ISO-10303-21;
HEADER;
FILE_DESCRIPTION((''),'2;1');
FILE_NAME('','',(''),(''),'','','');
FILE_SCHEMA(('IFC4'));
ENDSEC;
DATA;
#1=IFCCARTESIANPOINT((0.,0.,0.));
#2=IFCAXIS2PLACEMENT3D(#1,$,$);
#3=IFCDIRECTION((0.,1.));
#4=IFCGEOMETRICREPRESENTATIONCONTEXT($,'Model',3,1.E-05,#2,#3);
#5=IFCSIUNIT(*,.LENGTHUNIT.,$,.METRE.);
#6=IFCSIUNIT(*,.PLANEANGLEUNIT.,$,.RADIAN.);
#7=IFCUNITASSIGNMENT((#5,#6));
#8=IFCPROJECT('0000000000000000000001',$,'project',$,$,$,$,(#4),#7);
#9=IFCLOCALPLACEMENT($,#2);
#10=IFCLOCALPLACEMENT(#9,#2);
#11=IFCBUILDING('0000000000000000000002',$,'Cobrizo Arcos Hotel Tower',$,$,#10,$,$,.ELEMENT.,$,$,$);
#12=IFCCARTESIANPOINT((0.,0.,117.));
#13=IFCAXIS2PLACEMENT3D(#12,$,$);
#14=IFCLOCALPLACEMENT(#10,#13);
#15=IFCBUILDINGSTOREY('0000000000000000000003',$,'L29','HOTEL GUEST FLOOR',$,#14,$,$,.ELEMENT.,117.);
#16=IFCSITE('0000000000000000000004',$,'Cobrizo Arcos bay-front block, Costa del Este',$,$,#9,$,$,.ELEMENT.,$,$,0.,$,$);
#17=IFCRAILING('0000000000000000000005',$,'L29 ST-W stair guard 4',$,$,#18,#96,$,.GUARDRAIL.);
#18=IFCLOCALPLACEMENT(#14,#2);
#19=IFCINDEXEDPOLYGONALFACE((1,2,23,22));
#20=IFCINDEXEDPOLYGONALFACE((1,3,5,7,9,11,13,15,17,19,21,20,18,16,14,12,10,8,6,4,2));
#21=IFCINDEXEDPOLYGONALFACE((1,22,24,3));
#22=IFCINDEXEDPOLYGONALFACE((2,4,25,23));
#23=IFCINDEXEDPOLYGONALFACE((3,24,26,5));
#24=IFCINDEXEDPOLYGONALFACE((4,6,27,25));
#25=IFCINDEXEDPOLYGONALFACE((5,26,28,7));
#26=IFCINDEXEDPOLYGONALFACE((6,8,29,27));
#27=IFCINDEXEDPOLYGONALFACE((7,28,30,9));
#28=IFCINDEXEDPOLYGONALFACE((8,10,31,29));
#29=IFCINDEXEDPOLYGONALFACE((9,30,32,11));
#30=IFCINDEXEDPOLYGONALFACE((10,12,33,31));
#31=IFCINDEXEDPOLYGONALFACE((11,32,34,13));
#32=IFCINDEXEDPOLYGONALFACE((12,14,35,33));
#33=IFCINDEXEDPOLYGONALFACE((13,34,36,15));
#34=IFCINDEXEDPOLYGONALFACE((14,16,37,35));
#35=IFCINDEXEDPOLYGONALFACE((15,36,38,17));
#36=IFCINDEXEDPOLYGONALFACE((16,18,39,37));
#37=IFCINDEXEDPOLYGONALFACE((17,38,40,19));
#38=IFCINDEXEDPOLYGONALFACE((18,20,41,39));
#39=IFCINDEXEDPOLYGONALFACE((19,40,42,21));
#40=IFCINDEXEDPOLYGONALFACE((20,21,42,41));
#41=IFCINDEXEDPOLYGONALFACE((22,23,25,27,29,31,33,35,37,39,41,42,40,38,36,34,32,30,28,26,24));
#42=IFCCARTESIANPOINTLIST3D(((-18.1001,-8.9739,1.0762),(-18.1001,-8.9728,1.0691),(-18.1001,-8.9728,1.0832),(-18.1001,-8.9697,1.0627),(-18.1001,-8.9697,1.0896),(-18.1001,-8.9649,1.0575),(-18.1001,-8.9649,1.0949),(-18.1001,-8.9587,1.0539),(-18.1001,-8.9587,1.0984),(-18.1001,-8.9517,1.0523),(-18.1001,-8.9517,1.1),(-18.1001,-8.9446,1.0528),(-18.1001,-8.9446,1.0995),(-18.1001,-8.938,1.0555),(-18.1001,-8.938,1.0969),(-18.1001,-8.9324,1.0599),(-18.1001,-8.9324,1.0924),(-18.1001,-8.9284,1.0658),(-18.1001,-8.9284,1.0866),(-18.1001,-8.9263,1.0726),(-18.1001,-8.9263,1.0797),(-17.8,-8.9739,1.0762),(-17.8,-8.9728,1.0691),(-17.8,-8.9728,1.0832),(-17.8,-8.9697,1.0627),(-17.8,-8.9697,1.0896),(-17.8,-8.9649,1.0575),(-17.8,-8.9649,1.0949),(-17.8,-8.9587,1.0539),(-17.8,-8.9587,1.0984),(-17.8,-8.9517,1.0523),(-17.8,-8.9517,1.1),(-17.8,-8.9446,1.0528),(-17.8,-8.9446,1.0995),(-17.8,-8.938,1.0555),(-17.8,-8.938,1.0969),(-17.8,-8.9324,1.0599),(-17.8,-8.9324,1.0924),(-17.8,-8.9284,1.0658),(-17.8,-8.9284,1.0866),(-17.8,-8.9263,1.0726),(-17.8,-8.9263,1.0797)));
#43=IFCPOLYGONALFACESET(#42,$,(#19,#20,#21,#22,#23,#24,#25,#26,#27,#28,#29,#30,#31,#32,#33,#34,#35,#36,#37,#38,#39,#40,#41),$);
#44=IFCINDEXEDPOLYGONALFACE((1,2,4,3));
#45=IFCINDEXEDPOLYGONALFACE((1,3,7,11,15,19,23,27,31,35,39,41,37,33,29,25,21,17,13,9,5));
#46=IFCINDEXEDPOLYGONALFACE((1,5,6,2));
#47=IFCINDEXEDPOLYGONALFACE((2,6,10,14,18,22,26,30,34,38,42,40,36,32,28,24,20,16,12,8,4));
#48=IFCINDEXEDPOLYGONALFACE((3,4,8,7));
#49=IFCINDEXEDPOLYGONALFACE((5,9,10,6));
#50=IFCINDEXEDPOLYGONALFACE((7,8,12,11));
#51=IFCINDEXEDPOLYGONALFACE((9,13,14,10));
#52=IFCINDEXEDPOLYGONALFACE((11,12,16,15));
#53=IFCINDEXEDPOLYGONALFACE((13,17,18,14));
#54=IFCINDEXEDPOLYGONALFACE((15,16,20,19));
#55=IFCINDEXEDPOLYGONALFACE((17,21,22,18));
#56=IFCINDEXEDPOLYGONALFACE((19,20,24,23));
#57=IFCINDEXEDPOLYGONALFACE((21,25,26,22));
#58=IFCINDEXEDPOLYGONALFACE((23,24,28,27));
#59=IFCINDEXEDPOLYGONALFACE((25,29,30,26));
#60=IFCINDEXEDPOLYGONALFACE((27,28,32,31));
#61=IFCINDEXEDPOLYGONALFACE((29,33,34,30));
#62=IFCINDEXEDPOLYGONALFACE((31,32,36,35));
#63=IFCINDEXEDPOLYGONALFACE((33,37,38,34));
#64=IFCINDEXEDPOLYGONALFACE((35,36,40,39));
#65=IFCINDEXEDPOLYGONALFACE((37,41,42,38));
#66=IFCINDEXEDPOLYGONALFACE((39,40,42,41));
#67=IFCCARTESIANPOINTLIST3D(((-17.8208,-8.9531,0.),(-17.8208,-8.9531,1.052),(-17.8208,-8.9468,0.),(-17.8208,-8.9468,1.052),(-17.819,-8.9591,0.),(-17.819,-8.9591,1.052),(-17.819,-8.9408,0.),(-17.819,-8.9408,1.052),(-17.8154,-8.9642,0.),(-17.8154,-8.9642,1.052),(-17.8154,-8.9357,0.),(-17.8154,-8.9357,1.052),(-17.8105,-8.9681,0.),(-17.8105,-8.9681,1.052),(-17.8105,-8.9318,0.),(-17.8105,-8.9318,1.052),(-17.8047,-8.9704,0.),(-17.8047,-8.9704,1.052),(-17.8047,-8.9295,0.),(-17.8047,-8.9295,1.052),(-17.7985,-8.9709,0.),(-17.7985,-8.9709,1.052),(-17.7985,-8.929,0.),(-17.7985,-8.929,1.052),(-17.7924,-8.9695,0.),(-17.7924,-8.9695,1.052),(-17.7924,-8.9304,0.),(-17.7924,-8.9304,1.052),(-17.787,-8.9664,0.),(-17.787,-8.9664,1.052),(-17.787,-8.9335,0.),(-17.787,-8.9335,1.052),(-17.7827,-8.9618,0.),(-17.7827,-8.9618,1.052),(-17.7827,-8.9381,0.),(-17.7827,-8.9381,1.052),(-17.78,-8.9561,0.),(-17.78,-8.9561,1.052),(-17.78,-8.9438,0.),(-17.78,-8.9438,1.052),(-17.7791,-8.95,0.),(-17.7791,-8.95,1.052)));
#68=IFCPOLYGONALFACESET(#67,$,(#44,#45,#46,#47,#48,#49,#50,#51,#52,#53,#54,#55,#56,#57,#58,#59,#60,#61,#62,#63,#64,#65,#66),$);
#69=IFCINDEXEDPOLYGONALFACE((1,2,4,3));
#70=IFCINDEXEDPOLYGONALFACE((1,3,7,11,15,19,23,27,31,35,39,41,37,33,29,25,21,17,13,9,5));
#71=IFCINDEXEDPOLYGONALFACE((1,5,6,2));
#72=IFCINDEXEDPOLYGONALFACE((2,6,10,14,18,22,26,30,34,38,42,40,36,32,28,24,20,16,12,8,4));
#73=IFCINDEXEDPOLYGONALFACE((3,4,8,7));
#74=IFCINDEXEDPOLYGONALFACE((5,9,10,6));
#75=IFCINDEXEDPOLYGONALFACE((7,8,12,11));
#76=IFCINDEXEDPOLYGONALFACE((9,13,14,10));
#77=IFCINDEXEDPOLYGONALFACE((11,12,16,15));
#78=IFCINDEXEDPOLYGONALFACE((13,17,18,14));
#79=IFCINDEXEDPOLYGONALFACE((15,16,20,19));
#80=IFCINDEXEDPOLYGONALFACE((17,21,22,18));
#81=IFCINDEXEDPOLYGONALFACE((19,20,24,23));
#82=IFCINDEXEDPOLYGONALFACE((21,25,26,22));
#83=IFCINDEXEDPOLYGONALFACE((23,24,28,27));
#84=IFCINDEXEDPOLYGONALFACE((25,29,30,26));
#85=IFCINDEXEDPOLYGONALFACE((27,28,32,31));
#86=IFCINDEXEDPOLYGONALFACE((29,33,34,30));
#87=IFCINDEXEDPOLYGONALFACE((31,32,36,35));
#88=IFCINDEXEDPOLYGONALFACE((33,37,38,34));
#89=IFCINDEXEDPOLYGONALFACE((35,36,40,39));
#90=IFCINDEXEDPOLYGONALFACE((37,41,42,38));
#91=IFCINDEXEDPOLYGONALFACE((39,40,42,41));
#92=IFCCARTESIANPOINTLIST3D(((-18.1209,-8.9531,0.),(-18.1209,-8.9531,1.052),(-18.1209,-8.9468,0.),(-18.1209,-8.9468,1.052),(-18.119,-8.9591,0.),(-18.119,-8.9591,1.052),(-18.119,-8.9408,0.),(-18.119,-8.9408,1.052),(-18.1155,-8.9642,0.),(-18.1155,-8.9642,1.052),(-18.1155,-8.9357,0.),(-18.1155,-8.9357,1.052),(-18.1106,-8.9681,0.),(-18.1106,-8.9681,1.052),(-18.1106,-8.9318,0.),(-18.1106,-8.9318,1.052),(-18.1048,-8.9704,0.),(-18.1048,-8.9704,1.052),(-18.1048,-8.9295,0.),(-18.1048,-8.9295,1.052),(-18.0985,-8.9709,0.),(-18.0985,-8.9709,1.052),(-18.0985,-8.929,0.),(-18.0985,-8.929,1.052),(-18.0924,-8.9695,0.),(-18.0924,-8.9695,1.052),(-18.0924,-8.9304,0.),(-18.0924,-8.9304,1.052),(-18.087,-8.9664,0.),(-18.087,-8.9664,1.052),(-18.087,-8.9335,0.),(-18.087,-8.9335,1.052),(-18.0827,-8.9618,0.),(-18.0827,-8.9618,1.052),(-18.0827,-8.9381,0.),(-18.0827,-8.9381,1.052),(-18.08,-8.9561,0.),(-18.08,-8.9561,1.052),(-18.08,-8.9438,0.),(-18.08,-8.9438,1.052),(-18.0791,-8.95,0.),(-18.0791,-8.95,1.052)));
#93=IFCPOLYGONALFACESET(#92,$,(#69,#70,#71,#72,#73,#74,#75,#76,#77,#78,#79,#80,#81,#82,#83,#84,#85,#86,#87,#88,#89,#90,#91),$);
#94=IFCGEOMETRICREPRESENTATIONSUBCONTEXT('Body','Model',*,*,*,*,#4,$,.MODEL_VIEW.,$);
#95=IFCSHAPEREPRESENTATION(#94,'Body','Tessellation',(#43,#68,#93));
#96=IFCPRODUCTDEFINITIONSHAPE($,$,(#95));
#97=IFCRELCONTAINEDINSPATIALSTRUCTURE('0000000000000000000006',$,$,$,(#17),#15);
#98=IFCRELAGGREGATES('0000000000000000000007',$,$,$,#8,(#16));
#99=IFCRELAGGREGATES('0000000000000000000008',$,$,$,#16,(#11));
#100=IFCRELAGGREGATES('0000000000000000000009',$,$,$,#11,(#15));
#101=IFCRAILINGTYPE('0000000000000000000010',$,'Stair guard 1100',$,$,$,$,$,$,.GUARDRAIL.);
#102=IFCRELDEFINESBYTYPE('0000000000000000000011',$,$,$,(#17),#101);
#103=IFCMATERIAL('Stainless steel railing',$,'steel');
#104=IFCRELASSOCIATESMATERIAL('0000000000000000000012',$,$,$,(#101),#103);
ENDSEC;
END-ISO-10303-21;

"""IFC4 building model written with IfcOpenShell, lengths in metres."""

from ifc_helpers import new_model, si_unit, direction, frame, origin, origin_2d, place, context, subcontext, project, spatial, circle, extrude, material, type_object, element, save


model = new_model("IFC4")

# Units and contexts
model_context = context("Model", 3, precision=1e-05, world=origin(), true_north=direction((0.0, 1.0)))
body_context = subcontext(model_context, "Body", "Model", "MODEL_VIEW")
ifc_project = project(units=[si_unit("LENGTHUNIT", "METRE"), si_unit("PLANEANGLEUNIT", "RADIAN")], contexts=[model_context])

# Site, building, storey
site_placement = place(None, origin())
site = spatial("IfcSite", under=ifc_project, at=site_placement, Name="Cobrizo Arcos bay-front block, Costa del Este", CompositionType="ELEMENT", RefElevation=0.0)
building_placement = place(site_placement, origin())
building = spatial("IfcBuilding", under=site, at=building_placement, Name="Cobrizo Arcos Hotel Tower", CompositionType="ELEMENT")
storey_placement = place(building_placement, frame((0.0, 0.0, 117.0)))
storey = spatial("IfcBuildingStorey", under=building, at=storey_placement, Name="L29", Description="HOTEL GUEST FLOOR", CompositionType="ELEMENT", Elevation=117.0)

# Railing
ifc_material_1 = material(Name="Stainless steel railing", Category="steel")
railing_type_1 = type_object("IfcRailingType", Name="Stair guard 1100", PredefinedType="GUARDRAIL", material=ifc_material_1)
railing_1_placement = place(storey_placement, frame((-17.8, -8.95, 0.0)))
element("IfcRailing", 1, at=railing_1_placement, inside=storey, type_object=railing_type_1, Name="L29 ST-W stair guard 4", PredefinedType="GUARDRAIL", context=body_context, shape_type="SweptSolid", body=[
    extrude(circle(Radius=0.0239, at=origin_2d()), frame((0.0, 0.0, 1.0762), z_axis=(-1.0, 0.0, 0.0), x_axis=(0.0, -1.0, 0.0)), (0.0, 0.0, 1.0), 0.3),
    extrude(circle(Radius=0.021, at=origin_2d()), origin(), (0.0, 0.0, 1.0), 1.052),
    extrude(circle(Radius=0.021, at=origin_2d()), frame((-0.3, 0.0, 0.0)), (0.0, 0.0, 1.0), 1.052),
])

save(model, "model.ifc")
